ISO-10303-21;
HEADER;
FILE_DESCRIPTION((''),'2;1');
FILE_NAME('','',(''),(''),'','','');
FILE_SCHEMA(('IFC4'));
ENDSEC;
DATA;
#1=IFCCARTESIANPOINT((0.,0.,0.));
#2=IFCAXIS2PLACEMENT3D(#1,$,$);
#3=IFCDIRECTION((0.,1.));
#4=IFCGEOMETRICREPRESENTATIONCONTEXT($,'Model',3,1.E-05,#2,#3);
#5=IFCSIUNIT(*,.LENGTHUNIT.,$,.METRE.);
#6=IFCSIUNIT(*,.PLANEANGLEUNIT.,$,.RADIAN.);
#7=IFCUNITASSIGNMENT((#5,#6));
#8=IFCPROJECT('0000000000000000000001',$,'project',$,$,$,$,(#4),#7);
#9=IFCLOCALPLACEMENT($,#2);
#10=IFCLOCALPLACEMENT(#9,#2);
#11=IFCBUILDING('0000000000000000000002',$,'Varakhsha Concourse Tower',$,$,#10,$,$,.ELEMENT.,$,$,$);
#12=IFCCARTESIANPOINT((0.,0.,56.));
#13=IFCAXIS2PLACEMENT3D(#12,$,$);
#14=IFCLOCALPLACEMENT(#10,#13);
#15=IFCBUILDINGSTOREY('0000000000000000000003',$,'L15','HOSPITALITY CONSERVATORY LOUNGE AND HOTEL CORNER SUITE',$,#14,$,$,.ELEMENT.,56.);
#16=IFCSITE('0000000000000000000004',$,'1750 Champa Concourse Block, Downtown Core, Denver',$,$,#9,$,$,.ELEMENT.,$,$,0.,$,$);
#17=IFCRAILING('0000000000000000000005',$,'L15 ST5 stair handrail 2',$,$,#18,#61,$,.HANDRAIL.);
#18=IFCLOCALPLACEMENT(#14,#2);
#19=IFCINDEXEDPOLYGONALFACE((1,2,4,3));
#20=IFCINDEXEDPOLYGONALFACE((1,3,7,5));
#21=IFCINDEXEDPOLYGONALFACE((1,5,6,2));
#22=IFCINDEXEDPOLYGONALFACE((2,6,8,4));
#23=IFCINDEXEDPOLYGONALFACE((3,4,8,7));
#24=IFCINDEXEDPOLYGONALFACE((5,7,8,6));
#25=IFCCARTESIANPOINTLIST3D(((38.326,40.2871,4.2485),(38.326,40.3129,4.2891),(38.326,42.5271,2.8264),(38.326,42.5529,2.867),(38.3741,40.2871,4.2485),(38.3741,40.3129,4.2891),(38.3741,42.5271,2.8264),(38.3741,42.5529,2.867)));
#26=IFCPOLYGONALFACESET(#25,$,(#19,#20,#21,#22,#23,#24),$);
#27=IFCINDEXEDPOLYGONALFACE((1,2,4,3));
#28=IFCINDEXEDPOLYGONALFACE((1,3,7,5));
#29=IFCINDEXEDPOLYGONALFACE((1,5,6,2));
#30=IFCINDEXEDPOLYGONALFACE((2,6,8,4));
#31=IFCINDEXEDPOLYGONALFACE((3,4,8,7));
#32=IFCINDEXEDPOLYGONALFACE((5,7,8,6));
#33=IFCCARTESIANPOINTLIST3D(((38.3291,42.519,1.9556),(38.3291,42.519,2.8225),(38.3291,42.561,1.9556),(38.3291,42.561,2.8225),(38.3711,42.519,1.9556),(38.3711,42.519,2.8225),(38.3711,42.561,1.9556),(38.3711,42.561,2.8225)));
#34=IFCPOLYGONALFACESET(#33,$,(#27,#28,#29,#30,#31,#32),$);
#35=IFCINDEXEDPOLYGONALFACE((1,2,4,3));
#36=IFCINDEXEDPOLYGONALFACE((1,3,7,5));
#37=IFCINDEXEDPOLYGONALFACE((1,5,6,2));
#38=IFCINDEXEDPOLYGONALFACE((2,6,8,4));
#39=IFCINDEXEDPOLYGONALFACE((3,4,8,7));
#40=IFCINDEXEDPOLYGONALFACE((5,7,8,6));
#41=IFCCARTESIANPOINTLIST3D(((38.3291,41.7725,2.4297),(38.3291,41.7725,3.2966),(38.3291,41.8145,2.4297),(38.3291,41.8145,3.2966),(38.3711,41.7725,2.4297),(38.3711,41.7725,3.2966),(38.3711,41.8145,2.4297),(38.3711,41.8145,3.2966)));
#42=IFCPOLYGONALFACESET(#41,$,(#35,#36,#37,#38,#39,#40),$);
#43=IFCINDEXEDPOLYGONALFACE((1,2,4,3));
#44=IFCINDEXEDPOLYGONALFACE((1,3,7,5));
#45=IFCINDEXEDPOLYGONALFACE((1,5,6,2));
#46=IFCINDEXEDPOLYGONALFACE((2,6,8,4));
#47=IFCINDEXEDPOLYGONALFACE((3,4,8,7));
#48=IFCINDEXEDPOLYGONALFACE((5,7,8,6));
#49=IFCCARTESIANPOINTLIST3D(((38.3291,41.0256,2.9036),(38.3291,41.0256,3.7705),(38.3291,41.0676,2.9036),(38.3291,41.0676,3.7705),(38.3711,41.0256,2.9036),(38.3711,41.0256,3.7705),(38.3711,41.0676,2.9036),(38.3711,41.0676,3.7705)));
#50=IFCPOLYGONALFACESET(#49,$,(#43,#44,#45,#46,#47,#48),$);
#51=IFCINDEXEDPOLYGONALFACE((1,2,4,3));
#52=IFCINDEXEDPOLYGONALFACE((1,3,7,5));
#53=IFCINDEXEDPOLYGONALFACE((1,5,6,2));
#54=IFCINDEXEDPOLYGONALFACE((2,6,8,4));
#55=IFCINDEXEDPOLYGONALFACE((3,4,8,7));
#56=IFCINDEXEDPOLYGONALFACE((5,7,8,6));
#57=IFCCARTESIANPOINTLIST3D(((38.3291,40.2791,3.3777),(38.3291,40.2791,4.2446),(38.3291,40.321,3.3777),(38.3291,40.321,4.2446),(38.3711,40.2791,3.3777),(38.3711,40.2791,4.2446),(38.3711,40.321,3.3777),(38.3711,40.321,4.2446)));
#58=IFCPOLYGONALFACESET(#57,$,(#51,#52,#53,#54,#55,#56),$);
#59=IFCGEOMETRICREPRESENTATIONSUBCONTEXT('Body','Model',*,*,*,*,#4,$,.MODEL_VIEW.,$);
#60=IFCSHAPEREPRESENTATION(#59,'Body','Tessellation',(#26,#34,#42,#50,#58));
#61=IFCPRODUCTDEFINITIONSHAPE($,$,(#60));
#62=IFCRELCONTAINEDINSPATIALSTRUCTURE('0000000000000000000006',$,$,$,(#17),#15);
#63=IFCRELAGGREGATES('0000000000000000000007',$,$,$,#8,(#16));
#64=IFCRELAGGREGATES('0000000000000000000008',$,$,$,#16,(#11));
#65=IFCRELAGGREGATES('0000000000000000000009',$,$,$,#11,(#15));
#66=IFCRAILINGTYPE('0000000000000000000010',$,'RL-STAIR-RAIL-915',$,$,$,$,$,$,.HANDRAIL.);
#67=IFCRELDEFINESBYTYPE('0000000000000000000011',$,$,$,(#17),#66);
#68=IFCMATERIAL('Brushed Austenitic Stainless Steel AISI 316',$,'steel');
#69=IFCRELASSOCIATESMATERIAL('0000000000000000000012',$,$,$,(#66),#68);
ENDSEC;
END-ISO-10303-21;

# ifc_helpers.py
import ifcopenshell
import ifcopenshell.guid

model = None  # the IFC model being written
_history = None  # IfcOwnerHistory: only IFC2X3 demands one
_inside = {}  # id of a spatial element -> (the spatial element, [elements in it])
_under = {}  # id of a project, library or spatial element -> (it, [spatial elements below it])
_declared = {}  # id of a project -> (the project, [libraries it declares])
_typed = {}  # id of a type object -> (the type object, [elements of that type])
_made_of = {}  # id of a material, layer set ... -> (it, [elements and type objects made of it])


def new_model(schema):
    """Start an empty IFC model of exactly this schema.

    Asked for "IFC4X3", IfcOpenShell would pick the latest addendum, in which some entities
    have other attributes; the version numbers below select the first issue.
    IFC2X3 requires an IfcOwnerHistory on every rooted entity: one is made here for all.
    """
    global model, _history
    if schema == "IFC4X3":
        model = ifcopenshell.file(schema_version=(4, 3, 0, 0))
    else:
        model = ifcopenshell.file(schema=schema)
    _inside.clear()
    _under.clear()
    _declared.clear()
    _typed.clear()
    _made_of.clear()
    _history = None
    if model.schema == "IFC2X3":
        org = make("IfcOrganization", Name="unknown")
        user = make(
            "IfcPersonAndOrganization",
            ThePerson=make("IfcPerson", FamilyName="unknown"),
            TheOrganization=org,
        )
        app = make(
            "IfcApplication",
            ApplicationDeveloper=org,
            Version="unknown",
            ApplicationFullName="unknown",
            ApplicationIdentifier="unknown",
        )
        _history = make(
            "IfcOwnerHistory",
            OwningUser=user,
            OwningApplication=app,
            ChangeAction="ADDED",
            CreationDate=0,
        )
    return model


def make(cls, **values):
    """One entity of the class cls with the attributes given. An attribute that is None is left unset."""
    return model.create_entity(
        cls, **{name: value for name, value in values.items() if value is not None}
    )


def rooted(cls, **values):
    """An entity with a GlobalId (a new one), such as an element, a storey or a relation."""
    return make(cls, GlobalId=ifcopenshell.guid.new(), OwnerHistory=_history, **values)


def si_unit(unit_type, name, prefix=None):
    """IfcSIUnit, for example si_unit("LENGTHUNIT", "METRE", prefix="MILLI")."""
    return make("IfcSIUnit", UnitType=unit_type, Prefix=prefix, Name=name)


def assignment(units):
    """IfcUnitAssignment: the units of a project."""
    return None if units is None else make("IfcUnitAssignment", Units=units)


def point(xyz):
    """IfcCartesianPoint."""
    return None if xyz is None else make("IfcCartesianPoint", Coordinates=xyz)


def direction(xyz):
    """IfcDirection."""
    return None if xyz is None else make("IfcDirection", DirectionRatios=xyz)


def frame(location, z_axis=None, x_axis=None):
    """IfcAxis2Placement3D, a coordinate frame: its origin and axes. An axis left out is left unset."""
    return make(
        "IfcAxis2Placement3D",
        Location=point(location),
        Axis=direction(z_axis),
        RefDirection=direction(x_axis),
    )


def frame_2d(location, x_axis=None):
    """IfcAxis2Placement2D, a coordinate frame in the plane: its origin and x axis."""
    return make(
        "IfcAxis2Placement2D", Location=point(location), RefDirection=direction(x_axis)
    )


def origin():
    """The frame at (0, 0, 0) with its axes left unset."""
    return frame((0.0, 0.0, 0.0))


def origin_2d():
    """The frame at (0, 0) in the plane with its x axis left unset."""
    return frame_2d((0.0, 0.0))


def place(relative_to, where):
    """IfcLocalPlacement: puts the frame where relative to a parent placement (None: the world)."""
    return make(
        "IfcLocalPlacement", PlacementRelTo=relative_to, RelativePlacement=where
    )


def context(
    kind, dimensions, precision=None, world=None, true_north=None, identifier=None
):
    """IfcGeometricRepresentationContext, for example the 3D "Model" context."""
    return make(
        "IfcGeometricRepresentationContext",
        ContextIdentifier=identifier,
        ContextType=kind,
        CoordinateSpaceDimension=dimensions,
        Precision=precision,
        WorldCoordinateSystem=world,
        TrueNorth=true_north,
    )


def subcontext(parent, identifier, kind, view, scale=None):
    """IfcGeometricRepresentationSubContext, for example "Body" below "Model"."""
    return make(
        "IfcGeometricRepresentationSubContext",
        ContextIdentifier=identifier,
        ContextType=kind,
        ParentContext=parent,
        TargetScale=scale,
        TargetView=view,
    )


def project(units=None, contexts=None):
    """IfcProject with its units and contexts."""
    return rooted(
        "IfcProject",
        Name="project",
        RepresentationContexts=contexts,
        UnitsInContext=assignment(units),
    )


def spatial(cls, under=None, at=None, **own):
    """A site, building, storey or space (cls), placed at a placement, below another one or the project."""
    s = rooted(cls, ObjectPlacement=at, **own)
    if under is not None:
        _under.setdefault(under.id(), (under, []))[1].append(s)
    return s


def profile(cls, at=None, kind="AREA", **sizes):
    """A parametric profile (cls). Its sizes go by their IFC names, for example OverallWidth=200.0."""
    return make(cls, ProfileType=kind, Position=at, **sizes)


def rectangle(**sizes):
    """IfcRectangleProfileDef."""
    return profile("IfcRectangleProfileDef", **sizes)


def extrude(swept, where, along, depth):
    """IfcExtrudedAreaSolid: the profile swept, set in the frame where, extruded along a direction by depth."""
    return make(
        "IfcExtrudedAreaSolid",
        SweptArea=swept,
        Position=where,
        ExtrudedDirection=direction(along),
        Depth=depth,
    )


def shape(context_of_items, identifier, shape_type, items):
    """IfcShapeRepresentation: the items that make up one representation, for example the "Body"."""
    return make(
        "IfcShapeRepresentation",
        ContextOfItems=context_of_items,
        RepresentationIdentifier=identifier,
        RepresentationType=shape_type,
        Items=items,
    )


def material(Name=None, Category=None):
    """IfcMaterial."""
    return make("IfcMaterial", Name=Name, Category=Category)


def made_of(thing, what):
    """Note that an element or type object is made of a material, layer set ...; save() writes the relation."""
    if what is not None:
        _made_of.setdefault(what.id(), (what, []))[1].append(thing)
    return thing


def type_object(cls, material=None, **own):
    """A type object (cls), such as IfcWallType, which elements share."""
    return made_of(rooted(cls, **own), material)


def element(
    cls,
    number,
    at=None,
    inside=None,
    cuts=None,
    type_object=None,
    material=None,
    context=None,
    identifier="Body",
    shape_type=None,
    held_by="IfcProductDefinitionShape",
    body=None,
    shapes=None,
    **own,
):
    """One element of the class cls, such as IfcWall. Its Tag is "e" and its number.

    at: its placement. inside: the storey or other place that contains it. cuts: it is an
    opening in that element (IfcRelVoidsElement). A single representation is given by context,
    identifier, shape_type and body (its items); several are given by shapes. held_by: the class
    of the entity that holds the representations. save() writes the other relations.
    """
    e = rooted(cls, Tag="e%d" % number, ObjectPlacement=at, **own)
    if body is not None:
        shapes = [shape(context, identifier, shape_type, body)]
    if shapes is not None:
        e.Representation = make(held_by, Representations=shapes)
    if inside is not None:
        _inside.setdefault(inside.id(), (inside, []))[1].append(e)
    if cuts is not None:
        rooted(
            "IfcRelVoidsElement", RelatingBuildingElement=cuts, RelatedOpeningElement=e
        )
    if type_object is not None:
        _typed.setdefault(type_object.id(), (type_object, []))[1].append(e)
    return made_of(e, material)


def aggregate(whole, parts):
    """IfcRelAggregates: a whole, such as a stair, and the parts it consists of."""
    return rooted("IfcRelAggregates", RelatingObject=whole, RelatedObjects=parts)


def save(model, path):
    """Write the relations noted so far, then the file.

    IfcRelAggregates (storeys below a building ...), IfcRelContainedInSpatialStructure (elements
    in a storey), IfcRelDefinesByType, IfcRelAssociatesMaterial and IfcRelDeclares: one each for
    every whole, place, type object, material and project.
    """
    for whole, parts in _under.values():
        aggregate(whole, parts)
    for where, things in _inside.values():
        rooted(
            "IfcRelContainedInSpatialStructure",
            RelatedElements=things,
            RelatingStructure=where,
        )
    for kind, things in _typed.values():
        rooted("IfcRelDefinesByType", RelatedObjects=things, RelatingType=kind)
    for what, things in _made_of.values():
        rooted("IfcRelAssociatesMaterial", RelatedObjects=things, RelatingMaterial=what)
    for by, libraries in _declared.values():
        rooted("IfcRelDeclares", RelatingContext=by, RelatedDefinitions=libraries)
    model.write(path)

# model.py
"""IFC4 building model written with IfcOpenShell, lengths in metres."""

from ifc_helpers import new_model, si_unit, direction, frame, origin, origin_2d, place, context, subcontext, project, spatial, rectangle, extrude, material, type_object, element, save


model = new_model("IFC4")

# Units and contexts
model_context = context("Model", 3, precision=1e-05, world=origin(), true_north=direction((0.0, 1.0)))
body_context = subcontext(model_context, "Body", "Model", "MODEL_VIEW")
ifc_project = project(units=[si_unit("LENGTHUNIT", "METRE"), si_unit("PLANEANGLEUNIT", "RADIAN")], contexts=[model_context])

# Site, building, storey
site_placement = place(None, origin())
site = spatial("IfcSite", under=ifc_project, at=site_placement, Name="1750 Champa Concourse Block, Downtown Core, Denver", CompositionType="ELEMENT", RefElevation=0.0)
building_placement = place(site_placement, origin())
building = spatial("IfcBuilding", under=site, at=building_placement, Name="Varakhsha Concourse Tower", CompositionType="ELEMENT")
storey_placement = place(building_placement, frame((0.0, 0.0, 56.0)))
storey = spatial("IfcBuildingStorey", under=building, at=storey_placement, Name="L15", Description="HOSPITALITY CONSERVATORY LOUNGE AND HOTEL CORNER SUITE", CompositionType="ELEMENT", Elevation=56.0)

# Railing
ifc_material_1 = material(Name="Brushed Austenitic Stainless Steel AISI 316", Category="steel")
railing_type_1 = type_object("IfcRailingType", Name="RL-STAIR-RAIL-915", PredefinedType="HANDRAIL", material=ifc_material_1)
railing_1_placement = place(storey_placement, frame((38.3501, 42.54, 1.9556)))
element("IfcRailing", 1, at=railing_1_placement, inside=storey, type_object=railing_type_1, Name="L15 ST5 stair handrail 2", PredefinedType="HANDRAIL", context=body_context, shape_type="SweptSolid", body=[
    extrude(rectangle(XDim=0.0481, YDim=0.0481, at=origin_2d()), frame((0.0, 0.0, 0.8911), z_axis=(0.0, -0.844229, 0.535982), x_axis=(1.0, 0.0, 0.0)), (0.0, 0.0, 1.0), 2.6533),
    extrude(rectangle(XDim=0.042, YDim=0.042, at=origin_2d()), origin(), (0.0, 0.0, 1.0), 0.8669),
    extrude(rectangle(XDim=0.042, YDim=0.042, at=origin_2d()), frame((0.0, -0.7466, 0.4741)), (0.0, 0.0, 1.0), 0.8669),
    extrude(rectangle(XDim=0.042, YDim=0.042, at=origin_2d()), frame((0.0, -1.4934, 0.948)), (0.0, 0.0, 1.0), 0.8669),
    extrude(rectangle(XDim=0.042, YDim=0.042, at=origin_2d()), frame((0.0, -2.24, 1.4221)), (0.0, 0.0, 1.0), 0.8669),
])

save(model, "model.ifc")
